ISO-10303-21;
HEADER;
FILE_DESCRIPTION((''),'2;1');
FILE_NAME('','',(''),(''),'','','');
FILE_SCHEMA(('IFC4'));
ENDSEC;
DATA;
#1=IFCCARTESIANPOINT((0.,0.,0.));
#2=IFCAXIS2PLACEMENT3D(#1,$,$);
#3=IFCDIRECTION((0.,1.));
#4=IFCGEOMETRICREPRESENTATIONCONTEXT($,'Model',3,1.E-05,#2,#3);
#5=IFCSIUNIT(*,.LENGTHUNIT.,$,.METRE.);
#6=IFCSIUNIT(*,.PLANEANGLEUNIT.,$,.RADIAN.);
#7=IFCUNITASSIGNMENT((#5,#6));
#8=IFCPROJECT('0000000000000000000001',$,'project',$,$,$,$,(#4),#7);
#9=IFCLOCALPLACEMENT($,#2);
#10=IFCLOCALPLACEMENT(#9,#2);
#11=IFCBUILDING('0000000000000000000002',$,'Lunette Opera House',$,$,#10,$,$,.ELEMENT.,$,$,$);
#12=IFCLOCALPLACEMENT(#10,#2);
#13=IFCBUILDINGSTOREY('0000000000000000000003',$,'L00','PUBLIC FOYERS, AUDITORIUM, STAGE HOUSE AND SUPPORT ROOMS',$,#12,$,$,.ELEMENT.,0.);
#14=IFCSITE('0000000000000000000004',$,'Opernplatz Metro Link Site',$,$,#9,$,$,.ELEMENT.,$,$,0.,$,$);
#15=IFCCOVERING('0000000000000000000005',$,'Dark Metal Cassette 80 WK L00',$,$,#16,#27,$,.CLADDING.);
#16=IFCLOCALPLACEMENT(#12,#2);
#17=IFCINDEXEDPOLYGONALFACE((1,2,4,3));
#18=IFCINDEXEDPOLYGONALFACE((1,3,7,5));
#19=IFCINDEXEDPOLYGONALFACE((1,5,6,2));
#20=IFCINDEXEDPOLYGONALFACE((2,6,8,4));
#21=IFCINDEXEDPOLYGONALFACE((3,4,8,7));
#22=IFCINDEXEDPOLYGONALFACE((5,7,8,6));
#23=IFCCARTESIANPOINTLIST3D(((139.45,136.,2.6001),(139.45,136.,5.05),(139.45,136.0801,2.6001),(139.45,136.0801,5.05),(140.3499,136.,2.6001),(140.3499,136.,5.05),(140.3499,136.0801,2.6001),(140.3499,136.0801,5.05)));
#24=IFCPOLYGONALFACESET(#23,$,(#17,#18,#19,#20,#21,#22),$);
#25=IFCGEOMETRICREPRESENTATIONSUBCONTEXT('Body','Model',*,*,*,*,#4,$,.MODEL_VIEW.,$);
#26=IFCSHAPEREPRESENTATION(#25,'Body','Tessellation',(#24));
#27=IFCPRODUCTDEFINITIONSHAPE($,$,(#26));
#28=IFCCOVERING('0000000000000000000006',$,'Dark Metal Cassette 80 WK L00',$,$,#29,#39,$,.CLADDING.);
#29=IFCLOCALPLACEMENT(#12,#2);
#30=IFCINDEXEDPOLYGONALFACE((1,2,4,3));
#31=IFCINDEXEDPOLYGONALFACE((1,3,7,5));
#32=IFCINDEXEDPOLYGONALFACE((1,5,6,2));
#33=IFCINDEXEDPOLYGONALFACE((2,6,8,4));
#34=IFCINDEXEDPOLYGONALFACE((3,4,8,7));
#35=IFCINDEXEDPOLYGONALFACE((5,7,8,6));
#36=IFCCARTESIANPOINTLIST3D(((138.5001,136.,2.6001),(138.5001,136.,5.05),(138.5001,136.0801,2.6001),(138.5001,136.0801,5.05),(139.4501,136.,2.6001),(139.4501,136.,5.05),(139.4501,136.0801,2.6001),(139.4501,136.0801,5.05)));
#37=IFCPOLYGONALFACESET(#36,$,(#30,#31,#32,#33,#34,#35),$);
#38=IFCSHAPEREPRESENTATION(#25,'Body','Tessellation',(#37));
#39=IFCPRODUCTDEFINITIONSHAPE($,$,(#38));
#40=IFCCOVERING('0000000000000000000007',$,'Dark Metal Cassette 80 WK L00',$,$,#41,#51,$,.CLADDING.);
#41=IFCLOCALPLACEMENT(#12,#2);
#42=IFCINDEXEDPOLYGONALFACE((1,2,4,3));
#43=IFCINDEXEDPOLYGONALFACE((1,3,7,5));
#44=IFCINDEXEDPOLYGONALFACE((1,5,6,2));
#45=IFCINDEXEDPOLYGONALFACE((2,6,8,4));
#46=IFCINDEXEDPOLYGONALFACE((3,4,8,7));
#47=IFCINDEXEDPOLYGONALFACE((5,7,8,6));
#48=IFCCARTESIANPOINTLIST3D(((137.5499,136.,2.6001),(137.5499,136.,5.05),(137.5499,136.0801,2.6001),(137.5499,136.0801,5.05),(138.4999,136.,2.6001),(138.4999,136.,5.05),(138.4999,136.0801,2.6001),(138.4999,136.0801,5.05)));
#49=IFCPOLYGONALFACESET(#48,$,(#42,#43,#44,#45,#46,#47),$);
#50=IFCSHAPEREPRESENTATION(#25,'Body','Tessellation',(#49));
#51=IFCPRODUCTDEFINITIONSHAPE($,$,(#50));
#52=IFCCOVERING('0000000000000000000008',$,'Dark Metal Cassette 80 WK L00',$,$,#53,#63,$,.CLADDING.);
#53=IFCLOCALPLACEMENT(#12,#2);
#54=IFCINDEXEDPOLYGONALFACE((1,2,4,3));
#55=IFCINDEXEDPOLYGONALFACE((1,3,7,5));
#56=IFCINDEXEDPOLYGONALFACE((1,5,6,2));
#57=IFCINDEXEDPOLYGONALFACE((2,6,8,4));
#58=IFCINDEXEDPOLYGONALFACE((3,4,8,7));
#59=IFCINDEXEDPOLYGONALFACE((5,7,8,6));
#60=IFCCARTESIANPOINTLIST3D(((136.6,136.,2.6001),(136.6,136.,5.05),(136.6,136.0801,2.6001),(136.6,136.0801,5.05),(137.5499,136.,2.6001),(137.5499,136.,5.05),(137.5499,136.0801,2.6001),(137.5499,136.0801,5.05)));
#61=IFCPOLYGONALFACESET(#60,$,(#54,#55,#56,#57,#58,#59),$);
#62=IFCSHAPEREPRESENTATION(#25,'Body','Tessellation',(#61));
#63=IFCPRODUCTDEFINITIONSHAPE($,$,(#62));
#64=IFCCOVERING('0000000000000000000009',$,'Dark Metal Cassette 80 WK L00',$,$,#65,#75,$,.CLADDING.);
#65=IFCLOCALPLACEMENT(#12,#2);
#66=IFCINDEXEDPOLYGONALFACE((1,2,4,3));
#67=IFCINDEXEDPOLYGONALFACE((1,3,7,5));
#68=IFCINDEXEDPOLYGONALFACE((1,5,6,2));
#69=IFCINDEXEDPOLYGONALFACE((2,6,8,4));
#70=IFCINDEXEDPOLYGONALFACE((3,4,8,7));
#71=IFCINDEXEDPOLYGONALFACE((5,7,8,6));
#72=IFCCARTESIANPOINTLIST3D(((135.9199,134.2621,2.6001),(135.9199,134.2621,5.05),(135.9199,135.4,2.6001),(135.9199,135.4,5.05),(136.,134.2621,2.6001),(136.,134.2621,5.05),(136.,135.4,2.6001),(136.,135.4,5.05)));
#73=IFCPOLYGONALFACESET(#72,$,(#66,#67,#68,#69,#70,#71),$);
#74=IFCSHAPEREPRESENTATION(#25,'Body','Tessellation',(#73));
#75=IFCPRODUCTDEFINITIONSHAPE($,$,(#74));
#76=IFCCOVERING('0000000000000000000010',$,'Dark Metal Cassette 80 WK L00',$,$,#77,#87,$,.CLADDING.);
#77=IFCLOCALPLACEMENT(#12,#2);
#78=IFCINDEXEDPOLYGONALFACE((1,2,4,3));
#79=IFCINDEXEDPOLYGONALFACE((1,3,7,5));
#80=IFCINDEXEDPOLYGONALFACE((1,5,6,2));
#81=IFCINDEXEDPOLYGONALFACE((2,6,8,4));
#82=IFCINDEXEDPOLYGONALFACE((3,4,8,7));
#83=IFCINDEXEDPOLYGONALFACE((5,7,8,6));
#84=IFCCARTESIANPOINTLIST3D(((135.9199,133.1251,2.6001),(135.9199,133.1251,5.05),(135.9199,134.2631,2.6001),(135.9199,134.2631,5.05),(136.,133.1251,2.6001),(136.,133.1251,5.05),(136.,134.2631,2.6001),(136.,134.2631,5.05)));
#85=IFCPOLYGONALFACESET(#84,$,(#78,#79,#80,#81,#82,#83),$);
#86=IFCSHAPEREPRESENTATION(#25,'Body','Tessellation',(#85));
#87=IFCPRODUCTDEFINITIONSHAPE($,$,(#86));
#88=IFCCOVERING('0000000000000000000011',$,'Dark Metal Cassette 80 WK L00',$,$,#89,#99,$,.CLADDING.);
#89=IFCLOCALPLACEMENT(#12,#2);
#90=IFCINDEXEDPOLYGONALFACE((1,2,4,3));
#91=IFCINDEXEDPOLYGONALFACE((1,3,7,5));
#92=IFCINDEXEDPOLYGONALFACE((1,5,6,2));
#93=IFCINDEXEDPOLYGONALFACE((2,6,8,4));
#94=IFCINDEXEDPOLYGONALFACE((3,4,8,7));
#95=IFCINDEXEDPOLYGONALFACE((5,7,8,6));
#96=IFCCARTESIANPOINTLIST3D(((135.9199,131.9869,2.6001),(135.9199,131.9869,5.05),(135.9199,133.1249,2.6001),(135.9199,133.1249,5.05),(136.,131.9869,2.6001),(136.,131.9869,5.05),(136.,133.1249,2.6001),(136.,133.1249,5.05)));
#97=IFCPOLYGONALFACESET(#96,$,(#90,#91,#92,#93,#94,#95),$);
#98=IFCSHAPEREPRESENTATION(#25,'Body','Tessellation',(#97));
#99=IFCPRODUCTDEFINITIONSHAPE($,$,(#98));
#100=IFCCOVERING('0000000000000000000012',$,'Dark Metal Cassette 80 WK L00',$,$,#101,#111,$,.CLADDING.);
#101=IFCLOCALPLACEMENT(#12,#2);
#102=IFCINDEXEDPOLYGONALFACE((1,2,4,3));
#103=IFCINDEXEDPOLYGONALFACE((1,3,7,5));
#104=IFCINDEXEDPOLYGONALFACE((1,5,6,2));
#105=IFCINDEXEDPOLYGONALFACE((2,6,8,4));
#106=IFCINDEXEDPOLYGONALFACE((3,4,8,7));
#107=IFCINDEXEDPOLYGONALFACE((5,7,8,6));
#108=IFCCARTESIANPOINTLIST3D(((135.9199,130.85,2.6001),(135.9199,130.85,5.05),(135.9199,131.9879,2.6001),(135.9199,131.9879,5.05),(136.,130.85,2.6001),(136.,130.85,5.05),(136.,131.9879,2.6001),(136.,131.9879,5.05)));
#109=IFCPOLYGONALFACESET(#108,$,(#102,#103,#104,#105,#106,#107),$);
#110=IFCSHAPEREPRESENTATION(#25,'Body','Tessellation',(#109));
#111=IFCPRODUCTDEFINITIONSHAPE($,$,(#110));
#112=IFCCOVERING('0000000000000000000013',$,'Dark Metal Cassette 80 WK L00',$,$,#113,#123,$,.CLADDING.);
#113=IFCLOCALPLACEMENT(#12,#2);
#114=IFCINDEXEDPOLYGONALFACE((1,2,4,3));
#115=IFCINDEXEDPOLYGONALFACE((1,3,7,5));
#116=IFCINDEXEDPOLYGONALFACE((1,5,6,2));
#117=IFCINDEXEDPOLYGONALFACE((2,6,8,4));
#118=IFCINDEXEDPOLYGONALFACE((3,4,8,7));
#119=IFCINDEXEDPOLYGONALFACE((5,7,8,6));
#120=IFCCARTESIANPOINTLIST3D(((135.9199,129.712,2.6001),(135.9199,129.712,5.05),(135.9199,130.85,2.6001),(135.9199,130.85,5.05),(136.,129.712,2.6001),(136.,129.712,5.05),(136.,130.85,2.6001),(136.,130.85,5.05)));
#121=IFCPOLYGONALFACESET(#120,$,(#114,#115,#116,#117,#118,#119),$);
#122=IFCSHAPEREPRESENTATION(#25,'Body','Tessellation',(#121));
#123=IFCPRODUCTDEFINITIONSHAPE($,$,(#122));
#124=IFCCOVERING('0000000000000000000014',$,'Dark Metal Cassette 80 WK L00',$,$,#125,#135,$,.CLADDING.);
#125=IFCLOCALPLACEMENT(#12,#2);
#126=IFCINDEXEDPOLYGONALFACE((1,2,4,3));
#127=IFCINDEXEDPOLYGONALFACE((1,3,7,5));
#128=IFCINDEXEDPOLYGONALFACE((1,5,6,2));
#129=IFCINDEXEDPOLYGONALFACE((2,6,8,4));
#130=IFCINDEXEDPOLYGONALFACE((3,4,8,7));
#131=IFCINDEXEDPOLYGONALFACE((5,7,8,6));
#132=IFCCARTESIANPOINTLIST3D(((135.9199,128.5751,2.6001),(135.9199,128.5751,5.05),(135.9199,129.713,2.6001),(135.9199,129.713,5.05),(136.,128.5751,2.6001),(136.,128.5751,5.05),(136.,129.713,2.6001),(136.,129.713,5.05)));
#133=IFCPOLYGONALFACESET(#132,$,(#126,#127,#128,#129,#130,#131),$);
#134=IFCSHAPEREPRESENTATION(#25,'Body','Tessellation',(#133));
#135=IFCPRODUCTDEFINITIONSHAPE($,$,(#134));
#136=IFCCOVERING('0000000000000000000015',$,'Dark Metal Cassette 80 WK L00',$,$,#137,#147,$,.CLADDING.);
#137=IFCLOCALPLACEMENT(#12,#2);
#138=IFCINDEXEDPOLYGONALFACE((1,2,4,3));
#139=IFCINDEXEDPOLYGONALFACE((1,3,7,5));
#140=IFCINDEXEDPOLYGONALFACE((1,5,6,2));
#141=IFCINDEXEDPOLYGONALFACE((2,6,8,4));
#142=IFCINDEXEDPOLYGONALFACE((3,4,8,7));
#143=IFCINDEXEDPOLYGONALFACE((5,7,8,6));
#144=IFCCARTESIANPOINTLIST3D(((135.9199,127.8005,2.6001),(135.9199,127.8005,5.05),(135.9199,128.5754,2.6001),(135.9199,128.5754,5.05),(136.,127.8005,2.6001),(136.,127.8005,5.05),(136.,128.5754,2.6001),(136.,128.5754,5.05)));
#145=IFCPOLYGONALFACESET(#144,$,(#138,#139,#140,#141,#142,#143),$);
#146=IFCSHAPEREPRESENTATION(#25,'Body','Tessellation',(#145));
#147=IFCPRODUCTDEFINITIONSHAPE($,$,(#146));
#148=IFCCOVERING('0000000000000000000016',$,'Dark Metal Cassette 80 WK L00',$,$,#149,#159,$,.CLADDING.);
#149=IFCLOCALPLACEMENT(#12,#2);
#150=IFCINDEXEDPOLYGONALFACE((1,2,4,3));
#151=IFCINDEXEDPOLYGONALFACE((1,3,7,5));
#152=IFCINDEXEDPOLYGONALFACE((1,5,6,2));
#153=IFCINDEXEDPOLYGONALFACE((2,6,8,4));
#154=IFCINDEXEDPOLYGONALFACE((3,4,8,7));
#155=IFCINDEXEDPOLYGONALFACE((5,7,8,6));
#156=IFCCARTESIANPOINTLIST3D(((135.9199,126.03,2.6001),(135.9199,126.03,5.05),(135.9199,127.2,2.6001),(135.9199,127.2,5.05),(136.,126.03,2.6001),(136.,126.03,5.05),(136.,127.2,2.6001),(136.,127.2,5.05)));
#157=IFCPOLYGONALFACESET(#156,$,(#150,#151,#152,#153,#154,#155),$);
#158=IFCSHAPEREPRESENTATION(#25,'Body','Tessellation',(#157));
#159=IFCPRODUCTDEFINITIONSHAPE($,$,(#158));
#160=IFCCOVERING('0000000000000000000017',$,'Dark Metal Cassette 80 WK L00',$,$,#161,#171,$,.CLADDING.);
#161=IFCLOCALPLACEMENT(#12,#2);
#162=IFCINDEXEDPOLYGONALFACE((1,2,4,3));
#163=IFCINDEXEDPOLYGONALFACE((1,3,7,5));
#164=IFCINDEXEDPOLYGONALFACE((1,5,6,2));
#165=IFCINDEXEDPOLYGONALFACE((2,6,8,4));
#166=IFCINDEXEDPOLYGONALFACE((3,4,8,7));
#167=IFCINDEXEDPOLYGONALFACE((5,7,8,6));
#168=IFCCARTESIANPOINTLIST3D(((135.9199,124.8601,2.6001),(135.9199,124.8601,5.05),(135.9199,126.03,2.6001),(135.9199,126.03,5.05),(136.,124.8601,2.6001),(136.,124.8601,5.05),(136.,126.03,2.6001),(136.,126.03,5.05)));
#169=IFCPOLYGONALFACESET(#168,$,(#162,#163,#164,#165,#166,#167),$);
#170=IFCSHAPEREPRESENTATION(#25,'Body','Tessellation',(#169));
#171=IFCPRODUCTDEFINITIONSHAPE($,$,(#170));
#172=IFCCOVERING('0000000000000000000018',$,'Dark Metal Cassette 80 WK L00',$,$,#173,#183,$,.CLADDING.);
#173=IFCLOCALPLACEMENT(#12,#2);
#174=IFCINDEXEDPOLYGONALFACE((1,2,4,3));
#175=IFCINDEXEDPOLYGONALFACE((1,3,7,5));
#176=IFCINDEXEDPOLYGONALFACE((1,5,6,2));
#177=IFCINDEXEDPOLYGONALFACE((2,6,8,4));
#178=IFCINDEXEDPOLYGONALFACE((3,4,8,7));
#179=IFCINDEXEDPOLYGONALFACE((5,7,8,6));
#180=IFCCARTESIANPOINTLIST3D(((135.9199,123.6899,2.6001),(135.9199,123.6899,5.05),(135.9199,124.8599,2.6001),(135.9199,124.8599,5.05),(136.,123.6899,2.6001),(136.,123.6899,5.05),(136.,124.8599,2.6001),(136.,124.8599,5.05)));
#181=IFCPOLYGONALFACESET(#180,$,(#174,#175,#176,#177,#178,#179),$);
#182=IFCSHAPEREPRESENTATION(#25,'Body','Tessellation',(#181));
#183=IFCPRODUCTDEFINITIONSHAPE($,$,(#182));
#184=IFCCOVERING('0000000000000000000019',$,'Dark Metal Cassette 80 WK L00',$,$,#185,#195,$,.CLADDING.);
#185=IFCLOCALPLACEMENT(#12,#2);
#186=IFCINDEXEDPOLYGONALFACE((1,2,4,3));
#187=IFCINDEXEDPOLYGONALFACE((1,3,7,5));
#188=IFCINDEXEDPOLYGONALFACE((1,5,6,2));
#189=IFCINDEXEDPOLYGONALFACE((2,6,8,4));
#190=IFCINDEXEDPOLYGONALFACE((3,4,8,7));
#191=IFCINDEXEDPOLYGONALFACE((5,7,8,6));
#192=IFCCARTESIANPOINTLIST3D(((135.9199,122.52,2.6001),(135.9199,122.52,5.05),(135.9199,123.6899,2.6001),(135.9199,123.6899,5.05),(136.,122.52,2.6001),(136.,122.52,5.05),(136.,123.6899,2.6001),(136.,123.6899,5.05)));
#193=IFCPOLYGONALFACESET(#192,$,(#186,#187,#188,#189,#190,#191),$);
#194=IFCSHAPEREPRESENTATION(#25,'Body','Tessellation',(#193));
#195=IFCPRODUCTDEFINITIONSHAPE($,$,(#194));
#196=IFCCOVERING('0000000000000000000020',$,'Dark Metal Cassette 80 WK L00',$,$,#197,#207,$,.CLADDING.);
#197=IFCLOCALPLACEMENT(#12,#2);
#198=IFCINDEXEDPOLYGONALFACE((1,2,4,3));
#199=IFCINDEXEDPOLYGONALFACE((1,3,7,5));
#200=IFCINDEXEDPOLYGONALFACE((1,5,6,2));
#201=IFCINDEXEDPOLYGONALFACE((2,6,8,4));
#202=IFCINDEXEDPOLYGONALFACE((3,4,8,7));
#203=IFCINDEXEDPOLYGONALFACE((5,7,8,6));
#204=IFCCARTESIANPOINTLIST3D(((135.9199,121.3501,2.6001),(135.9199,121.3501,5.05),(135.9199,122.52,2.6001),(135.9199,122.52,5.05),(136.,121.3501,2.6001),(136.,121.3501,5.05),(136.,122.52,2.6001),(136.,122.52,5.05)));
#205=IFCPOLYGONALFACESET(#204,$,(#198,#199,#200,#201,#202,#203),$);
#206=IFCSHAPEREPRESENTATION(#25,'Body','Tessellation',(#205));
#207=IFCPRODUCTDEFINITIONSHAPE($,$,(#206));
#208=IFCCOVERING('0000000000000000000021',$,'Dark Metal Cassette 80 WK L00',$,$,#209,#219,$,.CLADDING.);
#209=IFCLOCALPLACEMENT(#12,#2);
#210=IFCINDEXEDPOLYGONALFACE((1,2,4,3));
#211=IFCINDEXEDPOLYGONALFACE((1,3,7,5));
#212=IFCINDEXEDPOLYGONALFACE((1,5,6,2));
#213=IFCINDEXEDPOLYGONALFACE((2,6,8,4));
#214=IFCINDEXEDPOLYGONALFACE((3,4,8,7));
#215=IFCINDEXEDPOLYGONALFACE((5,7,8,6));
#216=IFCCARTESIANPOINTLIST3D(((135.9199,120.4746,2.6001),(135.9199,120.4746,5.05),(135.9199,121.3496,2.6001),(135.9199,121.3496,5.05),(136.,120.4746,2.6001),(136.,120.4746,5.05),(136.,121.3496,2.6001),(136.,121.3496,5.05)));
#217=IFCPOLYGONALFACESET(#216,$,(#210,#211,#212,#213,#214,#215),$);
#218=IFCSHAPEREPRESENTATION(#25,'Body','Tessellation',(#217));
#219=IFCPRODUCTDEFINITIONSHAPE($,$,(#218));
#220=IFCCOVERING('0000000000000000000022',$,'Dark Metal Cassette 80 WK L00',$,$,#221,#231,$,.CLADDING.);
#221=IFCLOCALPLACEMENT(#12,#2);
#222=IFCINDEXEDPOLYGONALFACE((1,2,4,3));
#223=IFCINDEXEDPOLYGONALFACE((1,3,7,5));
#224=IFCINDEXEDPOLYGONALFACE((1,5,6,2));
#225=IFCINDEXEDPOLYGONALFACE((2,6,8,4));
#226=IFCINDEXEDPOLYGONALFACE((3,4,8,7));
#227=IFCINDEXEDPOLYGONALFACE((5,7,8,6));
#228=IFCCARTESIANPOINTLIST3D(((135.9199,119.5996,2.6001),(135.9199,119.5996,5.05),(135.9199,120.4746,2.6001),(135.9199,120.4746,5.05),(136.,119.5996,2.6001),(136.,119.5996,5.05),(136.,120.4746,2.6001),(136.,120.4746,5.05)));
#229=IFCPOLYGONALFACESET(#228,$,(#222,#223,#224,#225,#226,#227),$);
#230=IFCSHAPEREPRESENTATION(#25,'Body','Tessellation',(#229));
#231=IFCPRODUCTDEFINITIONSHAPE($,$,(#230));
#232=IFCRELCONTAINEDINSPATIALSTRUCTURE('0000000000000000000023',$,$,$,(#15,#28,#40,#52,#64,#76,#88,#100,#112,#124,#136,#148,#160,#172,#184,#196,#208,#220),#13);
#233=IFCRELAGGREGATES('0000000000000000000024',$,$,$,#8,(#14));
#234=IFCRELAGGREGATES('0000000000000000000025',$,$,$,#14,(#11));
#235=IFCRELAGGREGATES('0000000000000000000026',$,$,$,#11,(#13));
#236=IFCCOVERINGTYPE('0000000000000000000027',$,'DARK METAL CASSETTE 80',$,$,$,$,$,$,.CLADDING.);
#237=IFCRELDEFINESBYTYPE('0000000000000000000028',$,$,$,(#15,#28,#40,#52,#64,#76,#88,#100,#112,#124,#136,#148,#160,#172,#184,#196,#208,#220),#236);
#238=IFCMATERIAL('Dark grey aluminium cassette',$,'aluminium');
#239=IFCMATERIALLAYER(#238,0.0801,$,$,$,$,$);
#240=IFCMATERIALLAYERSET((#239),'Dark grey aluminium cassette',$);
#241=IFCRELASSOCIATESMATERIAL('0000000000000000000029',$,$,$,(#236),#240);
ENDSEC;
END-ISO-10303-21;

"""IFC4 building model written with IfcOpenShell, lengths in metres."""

from ifc_helpers import new_model, si_unit, direction, frame, origin, origin_2d, place, context, subcontext, project, spatial, rectangle, extrude, material, layer, layer_set, type_object, element, save


model = new_model("IFC4")

# Units and contexts
model_context = context("Model", 3, precision=1e-05, world=origin(), true_north=direction((0.0, 1.0)))
body_context = subcontext(model_context, "Body", "Model", "MODEL_VIEW")
ifc_project = project(units=[si_unit("LENGTHUNIT", "METRE"), si_unit("PLANEANGLEUNIT", "RADIAN")], contexts=[model_context])

# Site, building, storey
site_placement = place(None, origin())
site = spatial("IfcSite", under=ifc_project, at=site_placement, Name="Opernplatz Metro Link Site", CompositionType="ELEMENT", RefElevation=0.0)
building_placement = place(site_placement, origin())
building = spatial("IfcBuilding", under=site, at=building_placement, Name="Lunette Opera House", CompositionType="ELEMENT")
storey_placement = place(building_placement, origin())
storey = spatial("IfcBuildingStorey", under=building, at=storey_placement, Name="L00", Description="PUBLIC FOYERS, AUDITORIUM, STAGE HOUSE AND SUPPORT ROOMS", CompositionType="ELEMENT", Elevation=0.0)

# Coverings
ifc_material_1 = material(Name="Dark grey aluminium cassette", Category="aluminium")
ifc_layer_1 = layer(ifc_material_1, 0.0801)
ifc_layer_set_1 = layer_set([ifc_layer_1], Name="Dark grey aluminium cassette")
covering_type_1 = type_object("IfcCoveringType", Name="DARK METAL CASSETTE 80", PredefinedType="CLADDING", material=ifc_layer_set_1)
for number, where, z_axis, x_axis, name in (
    (1, (139.8999, 136.04, 2.6001), (0.0, 0.0, 1.0), (-1.0, 0.0, 0.0), "Dark Metal Cassette 80 WK L00"),
):
    element("IfcCovering", number, at=place(storey_placement, frame(where, z_axis=z_axis, x_axis=x_axis)), inside=storey, type_object=covering_type_1, Name=name, PredefinedType="CLADDING", context=body_context, shape_type="SweptSolid", body=[
        extrude(rectangle(XDim=0.8999, YDim=0.0801, at=origin_2d()), origin(), (0.0, 0.0, 1.0), 2.45),
    ])
for number, where, z_axis, x_axis, name in (
    (2, (138.9751, 136.04, 2.6001), (0.0, 0.0, 1.0), (-1.0, 0.0, 0.0), "Dark Metal Cassette 80 WK L00"),
    (3, (138.0249, 136.04, 2.6001), (0.0, 0.0, 1.0), (-1.0, 0.0, 0.0), "Dark Metal Cassette 80 WK L00"),
    (4, (137.075, 136.04, 2.6001), (0.0, 0.0, 1.0), (-1.0, 0.0, 0.0), "Dark Metal Cassette 80 WK L00"),
):
    element("IfcCovering", number, at=place(storey_placement, frame(where, z_axis=z_axis, x_axis=x_axis)), inside=storey, type_object=covering_type_1, Name=name, PredefinedType="CLADDING", context=body_context, shape_type="SweptSolid", body=[
        extrude(rectangle(XDim=0.95, YDim=0.0801, at=origin_2d()), origin(), (0.0, 0.0, 1.0), 2.45),
    ])
for number, where, z_axis, x_axis, name in (
    (5, (135.96, 134.8311, 2.6001), (0.0, 0.0, 1.0), (0.0, -1.0, 0.0), "Dark Metal Cassette 80 WK L00"),
    (6, (135.96, 133.6941, 2.6001), (0.0, 0.0, 1.0), (0.0, -1.0, 0.0), "Dark Metal Cassette 80 WK L00"),
    (7, (135.96, 132.5559, 2.6001), (0.0, 0.0, 1.0), (0.0, -1.0, 0.0), "Dark Metal Cassette 80 WK L00"),
    (8, (135.96, 131.4189, 2.6001), (0.0, 0.0, 1.0), (0.0, -1.0, 0.0), "Dark Metal Cassette 80 WK L00"),
    (9, (135.96, 130.281, 2.6001), (0.0, 0.0, 1.0), (0.0, -1.0, 0.0), "Dark Metal Cassette 80 WK L00"),
    (10, (135.96, 129.144, 2.6001), (0.0, 0.0, 1.0), (0.0, -1.0, 0.0), "Dark Metal Cassette 80 WK L00"),
):
    element("IfcCovering", number, at=place(storey_placement, frame(where, z_axis=z_axis, x_axis=x_axis)), inside=storey, type_object=covering_type_1, Name=name, PredefinedType="CLADDING", context=body_context, shape_type="SweptSolid", body=[
        extrude(rectangle(XDim=1.1379, YDim=0.0801, at=origin_2d()), origin(), (0.0, 0.0, 1.0), 2.45),
    ])
covering_1_placement = place(storey_placement, frame((135.96, 128.188, 2.6001), z_axis=(0.0, 0.0, 1.0), x_axis=(0.0, -1.0, 0.0)))
element("IfcCovering", 11, at=covering_1_placement, inside=storey, type_object=covering_type_1, Name="Dark Metal Cassette 80 WK L00", PredefinedType="CLADDING", context=body_context, shape_type="SweptSolid", body=[
    extrude(rectangle(XDim=0.7749, YDim=0.0801, at=origin_2d()), origin(), (0.0, 0.0, 1.0), 2.45),
])
for number, where, z_axis, x_axis, name in (
    (12, (135.96, 126.615, 2.6001), (0.0, 0.0, 1.0), (0.0, -1.0, 0.0), "Dark Metal Cassette 80 WK L00"),
    (13, (135.96, 125.4451, 2.6001), (0.0, 0.0, 1.0), (0.0, -1.0, 0.0), "Dark Metal Cassette 80 WK L00"),
    (14, (135.96, 124.2749, 2.6001), (0.0, 0.0, 1.0), (0.0, -1.0, 0.0), "Dark Metal Cassette 80 WK L00"),
    (15, (135.96, 123.105, 2.6001), (0.0, 0.0, 1.0), (0.0, -1.0, 0.0), "Dark Metal Cassette 80 WK L00"),
    (16, (135.96, 121.9351, 2.6001), (0.0, 0.0, 1.0), (0.0, -1.0, 0.0), "Dark Metal Cassette 80 WK L00"),
):
    element("IfcCovering", number, at=place(storey_placement, frame(where, z_axis=z_axis, x_axis=x_axis)), inside=storey, type_object=covering_type_1, Name=name, PredefinedType="CLADDING", context=body_context, shape_type="SweptSolid", body=[
        extrude(rectangle(XDim=1.1699, YDim=0.0801, at=origin_2d()), origin(), (0.0, 0.0, 1.0), 2.45),
    ])
for number, where, z_axis, x_axis, name in (
    (17, (135.96, 120.9121, 2.6001), (0.0, 0.0, 1.0), (0.0, -1.0, 0.0), "Dark Metal Cassette 80 WK L00"),
    (18, (135.96, 120.0371, 2.6001), (0.0, 0.0, 1.0), (0.0, -1.0, 0.0), "Dark Metal Cassette 80 WK L00"),
):
    element("IfcCovering", number, at=place(storey_placement, frame(where, z_axis=z_axis, x_axis=x_axis)), inside=storey, type_object=covering_type_1, Name=name, PredefinedType="CLADDING", context=body_context, shape_type="SweptSolid", body=[
        extrude(rectangle(XDim=0.875, YDim=0.0801, at=origin_2d()), origin(), (0.0, 0.0, 1.0), 2.45),
    ])

save(model, "model.ifc")
